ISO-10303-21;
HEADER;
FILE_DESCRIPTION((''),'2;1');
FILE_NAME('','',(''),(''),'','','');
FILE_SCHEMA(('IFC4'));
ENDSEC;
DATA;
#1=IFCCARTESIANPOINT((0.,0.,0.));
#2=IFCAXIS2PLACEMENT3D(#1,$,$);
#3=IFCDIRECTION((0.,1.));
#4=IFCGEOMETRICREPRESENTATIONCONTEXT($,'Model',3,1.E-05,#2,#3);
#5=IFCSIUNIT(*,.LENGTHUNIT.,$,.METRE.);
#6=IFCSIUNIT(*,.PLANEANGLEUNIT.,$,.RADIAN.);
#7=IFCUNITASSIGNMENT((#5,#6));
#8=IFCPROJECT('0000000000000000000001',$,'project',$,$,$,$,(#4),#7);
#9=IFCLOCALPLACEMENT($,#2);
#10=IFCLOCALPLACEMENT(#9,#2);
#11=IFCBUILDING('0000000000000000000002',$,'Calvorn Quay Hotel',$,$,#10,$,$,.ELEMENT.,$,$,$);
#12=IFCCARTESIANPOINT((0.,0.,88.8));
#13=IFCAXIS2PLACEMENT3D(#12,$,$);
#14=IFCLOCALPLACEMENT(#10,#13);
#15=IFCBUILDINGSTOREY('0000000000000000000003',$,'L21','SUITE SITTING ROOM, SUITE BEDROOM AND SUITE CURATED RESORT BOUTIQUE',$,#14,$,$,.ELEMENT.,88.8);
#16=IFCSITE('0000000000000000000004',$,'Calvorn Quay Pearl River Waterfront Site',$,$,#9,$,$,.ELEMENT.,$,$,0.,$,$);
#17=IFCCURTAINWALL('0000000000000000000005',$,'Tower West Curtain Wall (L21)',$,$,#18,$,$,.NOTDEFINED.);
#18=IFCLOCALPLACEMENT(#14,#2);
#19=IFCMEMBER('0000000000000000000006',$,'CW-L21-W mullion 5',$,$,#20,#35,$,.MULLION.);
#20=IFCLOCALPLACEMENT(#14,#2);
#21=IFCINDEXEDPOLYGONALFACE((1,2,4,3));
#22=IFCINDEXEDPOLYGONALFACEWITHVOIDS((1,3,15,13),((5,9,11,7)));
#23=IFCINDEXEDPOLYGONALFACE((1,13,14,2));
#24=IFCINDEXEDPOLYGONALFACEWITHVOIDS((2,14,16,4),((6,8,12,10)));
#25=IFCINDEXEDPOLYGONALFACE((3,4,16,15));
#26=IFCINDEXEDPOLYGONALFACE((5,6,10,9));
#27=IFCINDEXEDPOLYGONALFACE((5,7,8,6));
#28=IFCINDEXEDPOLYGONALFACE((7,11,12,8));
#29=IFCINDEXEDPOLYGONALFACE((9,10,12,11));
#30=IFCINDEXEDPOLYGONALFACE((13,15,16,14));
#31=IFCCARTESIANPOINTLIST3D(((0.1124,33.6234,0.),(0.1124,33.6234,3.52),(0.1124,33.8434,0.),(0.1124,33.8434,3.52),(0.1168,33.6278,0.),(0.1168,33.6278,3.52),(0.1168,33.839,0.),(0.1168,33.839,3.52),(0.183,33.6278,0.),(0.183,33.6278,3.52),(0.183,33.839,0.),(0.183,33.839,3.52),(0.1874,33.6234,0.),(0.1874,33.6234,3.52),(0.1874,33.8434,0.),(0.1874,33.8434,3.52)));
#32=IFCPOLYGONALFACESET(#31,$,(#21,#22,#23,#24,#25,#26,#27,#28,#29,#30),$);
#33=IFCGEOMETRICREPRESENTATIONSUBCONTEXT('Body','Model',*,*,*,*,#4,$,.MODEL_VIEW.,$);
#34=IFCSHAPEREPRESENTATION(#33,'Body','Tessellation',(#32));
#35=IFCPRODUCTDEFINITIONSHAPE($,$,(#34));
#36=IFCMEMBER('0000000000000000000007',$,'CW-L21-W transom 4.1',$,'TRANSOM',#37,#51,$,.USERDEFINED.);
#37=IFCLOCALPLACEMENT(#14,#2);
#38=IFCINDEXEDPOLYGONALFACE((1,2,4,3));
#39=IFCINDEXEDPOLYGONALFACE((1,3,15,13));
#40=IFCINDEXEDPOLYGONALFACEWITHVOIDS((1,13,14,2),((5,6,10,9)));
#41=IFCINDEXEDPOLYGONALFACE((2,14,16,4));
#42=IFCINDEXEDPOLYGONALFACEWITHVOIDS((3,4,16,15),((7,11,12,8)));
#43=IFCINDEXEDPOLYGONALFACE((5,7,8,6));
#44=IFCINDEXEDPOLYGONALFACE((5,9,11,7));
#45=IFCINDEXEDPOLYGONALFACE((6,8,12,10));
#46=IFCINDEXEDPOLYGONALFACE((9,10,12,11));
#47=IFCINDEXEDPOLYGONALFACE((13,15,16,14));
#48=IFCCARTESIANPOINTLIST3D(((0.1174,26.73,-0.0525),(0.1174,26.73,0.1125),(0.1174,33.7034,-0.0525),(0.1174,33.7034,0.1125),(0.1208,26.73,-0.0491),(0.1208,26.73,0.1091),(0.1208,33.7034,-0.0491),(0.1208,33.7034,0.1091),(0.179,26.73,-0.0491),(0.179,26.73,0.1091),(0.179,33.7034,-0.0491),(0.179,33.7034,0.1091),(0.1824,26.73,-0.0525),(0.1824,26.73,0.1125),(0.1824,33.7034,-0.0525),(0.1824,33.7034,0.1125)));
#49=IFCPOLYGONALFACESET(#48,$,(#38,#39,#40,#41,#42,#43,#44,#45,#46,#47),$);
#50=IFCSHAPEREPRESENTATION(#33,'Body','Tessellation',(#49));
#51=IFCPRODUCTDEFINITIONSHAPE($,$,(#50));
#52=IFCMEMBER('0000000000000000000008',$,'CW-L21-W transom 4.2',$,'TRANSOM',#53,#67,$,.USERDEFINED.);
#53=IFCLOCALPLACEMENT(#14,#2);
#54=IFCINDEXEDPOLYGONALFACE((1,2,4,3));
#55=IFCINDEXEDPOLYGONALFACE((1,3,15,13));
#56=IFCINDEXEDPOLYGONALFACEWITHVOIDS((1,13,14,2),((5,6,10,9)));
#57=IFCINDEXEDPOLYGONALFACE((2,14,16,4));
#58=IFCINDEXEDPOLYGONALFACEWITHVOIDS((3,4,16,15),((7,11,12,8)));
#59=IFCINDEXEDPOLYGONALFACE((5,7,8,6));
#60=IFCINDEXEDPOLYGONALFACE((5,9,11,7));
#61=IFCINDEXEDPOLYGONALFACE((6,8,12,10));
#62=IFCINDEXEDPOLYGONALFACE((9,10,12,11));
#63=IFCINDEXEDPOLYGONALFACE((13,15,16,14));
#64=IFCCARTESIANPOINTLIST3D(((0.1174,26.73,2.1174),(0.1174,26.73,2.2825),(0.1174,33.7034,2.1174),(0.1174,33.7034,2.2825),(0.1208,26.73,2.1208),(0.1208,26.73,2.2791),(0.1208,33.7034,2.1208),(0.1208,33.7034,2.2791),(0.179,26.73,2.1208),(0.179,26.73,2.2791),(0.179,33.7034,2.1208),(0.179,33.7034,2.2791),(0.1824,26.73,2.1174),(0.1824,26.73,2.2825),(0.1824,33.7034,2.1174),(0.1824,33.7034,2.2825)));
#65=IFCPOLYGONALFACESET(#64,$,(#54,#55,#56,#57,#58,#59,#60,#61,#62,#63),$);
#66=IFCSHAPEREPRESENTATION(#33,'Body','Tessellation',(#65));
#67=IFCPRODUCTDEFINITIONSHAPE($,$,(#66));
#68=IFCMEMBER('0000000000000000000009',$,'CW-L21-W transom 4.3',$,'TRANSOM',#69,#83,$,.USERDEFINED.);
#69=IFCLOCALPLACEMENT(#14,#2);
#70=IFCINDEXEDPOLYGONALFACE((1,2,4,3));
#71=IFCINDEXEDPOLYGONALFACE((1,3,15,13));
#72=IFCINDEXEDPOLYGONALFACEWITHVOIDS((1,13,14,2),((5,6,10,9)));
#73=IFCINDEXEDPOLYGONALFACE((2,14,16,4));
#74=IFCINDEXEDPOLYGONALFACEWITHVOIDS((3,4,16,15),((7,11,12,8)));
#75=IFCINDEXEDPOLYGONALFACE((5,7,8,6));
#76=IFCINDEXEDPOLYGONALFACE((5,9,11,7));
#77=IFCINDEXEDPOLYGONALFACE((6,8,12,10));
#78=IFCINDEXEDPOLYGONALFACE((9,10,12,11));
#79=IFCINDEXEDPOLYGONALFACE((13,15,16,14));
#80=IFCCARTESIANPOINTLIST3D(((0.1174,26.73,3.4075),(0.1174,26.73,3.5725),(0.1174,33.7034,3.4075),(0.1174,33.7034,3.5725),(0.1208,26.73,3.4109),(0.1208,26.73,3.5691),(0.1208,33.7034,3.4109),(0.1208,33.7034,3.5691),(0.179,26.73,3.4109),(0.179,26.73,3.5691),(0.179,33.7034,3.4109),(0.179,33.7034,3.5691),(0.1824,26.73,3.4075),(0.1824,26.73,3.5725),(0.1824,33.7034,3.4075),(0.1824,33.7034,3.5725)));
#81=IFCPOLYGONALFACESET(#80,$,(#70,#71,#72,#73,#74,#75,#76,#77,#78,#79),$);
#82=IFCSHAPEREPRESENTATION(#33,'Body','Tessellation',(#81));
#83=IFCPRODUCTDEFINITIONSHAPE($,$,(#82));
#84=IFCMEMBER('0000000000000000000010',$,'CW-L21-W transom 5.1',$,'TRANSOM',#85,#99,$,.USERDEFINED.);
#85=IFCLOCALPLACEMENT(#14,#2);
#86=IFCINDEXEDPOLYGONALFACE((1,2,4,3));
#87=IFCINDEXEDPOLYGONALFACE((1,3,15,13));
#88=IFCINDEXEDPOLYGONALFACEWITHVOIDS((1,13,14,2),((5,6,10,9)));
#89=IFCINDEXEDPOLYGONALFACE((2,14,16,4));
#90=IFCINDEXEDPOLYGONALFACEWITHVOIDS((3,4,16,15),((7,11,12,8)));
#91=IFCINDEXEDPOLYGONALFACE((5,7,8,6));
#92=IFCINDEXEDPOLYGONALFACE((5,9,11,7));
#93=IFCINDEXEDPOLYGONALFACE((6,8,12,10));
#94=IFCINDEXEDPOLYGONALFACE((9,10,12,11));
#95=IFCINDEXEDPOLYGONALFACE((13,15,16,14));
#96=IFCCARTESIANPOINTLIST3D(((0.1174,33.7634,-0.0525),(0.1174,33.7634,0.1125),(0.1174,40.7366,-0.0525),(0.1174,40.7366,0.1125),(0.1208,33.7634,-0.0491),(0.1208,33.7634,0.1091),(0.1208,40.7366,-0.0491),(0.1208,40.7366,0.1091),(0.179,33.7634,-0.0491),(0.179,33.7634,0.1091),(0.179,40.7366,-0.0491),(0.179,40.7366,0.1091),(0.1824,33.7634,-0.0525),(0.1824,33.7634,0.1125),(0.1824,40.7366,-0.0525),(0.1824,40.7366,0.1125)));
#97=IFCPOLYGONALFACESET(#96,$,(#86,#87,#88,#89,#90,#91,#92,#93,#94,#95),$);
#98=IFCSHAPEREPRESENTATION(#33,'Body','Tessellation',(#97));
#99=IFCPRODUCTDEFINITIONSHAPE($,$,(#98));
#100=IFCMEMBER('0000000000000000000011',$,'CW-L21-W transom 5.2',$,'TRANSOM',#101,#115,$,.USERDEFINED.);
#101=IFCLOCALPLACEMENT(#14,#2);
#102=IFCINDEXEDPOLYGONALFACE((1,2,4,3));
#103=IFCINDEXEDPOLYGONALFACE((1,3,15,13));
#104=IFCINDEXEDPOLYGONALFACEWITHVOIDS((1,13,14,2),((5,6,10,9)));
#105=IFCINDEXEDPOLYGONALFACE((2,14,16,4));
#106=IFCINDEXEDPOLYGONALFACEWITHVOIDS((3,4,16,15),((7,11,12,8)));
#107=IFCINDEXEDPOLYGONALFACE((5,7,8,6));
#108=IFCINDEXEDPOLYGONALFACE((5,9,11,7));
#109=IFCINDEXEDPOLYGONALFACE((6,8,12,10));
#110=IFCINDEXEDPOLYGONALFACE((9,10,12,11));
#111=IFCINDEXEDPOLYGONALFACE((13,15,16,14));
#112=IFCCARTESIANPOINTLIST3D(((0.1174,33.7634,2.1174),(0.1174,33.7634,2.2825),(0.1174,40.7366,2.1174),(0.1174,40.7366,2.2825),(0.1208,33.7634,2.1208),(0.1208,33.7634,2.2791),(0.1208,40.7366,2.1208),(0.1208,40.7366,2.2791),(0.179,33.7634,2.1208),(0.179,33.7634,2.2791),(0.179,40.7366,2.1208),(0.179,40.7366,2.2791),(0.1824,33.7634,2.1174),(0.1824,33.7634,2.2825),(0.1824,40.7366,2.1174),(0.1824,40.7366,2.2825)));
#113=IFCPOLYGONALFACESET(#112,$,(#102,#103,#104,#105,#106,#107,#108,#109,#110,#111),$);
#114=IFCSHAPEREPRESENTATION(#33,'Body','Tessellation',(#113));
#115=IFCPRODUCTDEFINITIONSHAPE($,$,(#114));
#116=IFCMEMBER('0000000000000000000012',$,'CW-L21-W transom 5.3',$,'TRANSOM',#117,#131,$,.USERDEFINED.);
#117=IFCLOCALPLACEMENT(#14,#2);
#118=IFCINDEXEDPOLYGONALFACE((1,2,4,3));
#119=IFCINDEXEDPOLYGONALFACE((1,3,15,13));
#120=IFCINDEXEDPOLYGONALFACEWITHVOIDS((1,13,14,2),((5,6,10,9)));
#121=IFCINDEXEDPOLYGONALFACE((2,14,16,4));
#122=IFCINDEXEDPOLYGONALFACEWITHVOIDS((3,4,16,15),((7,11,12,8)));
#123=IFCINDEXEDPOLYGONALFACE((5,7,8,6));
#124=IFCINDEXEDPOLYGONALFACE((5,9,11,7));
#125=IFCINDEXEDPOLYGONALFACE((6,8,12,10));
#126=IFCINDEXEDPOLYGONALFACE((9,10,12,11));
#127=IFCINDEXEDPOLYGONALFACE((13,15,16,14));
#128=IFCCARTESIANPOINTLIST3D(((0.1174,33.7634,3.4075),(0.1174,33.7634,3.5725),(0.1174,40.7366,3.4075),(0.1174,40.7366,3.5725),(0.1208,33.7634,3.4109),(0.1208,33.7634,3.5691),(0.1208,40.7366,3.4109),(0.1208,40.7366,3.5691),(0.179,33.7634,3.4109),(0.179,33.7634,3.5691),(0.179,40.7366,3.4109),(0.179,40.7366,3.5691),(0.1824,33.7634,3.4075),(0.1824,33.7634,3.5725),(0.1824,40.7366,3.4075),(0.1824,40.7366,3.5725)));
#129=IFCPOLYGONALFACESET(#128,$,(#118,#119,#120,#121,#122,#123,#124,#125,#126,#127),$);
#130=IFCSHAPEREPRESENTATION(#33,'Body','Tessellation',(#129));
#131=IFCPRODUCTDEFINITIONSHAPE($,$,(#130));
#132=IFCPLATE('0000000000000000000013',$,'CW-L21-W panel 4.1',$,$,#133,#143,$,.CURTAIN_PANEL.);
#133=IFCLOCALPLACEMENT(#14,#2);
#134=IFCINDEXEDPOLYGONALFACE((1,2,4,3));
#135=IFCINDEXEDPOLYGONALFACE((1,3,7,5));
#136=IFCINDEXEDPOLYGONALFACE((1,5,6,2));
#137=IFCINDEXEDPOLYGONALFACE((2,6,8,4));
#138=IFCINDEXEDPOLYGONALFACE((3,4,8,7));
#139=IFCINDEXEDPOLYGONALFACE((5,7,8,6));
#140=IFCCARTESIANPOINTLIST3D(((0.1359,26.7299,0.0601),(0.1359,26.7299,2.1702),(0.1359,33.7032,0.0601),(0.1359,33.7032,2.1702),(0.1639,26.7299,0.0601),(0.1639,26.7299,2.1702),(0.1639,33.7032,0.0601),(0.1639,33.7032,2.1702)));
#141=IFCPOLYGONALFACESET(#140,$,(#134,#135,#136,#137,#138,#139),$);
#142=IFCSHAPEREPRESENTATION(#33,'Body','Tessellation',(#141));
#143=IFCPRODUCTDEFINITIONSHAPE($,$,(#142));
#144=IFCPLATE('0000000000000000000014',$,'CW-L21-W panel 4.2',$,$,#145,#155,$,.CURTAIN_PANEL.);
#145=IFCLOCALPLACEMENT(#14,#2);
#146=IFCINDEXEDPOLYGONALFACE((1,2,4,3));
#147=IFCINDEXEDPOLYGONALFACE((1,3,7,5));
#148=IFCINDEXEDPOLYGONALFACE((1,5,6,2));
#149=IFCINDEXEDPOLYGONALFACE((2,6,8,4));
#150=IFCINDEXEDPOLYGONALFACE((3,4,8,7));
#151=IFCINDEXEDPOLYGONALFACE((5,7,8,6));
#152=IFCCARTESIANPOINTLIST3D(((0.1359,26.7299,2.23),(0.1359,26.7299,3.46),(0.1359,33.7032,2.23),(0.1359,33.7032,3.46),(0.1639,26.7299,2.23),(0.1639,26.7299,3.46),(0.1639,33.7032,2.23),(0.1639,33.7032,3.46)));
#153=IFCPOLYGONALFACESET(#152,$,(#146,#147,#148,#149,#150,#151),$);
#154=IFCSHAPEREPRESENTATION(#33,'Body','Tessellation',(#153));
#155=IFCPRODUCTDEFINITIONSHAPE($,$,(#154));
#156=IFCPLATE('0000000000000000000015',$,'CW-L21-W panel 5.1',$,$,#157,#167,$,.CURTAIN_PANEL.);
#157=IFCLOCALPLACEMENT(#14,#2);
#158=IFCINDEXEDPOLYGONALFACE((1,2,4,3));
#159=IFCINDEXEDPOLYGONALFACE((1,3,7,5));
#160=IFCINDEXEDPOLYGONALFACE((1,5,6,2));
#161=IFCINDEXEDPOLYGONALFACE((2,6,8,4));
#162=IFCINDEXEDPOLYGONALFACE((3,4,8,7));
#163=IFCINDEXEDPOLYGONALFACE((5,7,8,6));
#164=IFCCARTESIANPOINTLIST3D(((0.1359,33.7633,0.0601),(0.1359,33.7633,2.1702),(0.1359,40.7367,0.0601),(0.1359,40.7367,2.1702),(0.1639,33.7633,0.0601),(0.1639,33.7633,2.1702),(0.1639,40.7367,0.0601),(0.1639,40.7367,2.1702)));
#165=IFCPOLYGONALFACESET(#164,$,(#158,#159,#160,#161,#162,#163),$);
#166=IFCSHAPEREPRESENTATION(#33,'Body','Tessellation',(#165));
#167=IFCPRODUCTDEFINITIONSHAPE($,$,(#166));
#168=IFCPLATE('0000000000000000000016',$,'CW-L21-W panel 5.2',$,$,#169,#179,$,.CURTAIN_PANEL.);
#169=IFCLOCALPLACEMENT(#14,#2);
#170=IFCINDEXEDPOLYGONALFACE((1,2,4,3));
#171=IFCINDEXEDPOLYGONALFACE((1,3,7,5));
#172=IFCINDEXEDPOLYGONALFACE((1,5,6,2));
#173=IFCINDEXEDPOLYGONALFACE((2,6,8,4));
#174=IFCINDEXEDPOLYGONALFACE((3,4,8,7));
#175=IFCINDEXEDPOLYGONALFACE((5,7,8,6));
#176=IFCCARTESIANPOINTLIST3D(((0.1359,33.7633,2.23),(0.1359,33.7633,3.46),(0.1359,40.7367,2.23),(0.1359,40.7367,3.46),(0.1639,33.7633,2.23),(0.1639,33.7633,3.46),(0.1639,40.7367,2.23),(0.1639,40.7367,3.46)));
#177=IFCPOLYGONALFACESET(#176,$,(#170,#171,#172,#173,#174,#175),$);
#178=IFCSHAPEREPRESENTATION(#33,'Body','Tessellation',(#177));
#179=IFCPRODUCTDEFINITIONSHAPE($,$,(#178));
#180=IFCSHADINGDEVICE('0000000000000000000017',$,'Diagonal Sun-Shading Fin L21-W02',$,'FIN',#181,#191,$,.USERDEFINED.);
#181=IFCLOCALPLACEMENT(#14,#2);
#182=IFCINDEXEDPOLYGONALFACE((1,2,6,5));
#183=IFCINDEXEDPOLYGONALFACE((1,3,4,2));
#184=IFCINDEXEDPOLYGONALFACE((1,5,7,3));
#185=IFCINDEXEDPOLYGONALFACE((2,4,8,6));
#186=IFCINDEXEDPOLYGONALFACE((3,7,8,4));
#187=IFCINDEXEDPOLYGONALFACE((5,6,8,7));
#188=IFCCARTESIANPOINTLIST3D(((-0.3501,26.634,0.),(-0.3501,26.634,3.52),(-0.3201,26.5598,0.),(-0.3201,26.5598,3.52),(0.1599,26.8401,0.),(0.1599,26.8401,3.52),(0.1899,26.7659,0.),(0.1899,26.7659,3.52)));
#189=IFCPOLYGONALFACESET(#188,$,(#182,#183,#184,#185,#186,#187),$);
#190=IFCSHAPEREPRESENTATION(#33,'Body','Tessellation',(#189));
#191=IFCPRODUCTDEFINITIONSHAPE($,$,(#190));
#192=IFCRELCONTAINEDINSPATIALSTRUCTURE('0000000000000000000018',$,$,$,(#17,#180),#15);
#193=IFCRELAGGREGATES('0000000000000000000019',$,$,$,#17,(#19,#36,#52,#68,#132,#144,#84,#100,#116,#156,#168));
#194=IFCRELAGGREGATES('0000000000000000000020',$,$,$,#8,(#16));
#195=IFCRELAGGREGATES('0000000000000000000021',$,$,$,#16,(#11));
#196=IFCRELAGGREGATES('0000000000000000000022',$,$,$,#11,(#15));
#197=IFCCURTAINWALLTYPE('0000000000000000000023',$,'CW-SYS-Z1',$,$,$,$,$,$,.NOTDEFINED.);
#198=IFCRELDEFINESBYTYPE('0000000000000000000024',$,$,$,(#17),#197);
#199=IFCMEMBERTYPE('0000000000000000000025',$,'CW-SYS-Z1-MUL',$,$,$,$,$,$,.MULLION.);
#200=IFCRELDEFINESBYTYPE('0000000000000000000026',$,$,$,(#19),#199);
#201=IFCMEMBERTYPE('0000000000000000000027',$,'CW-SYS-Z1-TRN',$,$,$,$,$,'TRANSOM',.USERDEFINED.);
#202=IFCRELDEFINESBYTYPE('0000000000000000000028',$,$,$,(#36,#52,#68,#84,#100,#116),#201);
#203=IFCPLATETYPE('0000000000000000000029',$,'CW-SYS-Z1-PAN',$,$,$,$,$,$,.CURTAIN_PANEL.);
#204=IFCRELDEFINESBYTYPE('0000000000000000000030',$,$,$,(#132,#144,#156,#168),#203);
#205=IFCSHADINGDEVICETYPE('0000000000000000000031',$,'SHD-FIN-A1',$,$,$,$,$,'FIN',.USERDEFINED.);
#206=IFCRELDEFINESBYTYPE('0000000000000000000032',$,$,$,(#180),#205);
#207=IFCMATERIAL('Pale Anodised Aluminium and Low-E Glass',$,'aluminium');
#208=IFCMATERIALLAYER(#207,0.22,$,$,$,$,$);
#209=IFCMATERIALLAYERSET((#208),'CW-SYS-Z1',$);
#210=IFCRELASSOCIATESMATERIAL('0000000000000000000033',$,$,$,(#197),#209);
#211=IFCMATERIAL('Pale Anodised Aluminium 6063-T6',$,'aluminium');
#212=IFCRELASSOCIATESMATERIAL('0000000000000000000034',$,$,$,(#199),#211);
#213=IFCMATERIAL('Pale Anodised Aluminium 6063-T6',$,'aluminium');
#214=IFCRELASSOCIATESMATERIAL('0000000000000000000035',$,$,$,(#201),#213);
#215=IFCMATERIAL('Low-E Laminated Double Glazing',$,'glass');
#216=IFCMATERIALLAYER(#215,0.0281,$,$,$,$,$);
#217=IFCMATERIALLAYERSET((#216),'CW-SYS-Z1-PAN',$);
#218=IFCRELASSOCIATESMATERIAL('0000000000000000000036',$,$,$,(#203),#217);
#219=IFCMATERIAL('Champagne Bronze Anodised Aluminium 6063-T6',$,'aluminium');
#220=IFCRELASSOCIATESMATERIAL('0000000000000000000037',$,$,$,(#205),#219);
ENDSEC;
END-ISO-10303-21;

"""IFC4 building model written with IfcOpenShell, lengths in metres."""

from ifc_helpers import new_model, si_unit, direction, frame, origin, origin_2d, place, context, subcontext, project, spatial, rectangle, hollow_rectangle, extrude, material, layer, layer_set, material_profile, profile_set, type_object, element, aggregate, save


model = new_model("IFC4")

# Units and contexts
model_context = context("Model", 3, precision=1e-05, world=origin(), true_north=direction((0.0, 1.0)))
body_context = subcontext(model_context, "Body", "Model", "MODEL_VIEW")
ifc_project = project(units=[si_unit("LENGTHUNIT", "METRE"), si_unit("PLANEANGLEUNIT", "RADIAN")], contexts=[model_context])

# Site, building, storey
site_placement = place(None, origin())
site = spatial("IfcSite", under=ifc_project, at=site_placement, Name="Calvorn Quay Pearl River Waterfront Site", CompositionType="ELEMENT", RefElevation=0.0)
building_placement = place(site_placement, origin())
building = spatial("IfcBuilding", under=site, at=building_placement, Name="Calvorn Quay Hotel", CompositionType="ELEMENT")
storey_placement = place(building_placement, frame((0.0, 0.0, 88.8)))
storey = spatial("IfcBuildingStorey", under=building, at=storey_placement, Name="L21", Description="SUITE SITTING ROOM, SUITE BEDROOM AND SUITE CURATED RESORT BOUTIQUE", CompositionType="ELEMENT", Elevation=88.8)

# Curtain wall, members, plates
ifc_material_1 = material(Name="Pale Anodised Aluminium and Low-E Glass", Category="aluminium")
ifc_layer_1 = layer(ifc_material_1, 0.22)
ifc_layer_set_1 = layer_set([ifc_layer_1], Name="CW-SYS-Z1")
curtain_wall_type = type_object("IfcCurtainWallType", Name="CW-SYS-Z1", PredefinedType="NOTDEFINED", material=ifc_layer_set_1)
curtain_wall_placement = place(storey_placement, origin())
curtain_wall = element("IfcCurtainWall", 1, at=curtain_wall_placement, inside=storey, type_object=curtain_wall_type, Name="Tower West Curtain Wall (L21)", PredefinedType="NOTDEFINED")
ifc_material_2 = material(Name="Pale Anodised Aluminium 6063-T6", Category="aluminium")
ifc_material_profile_1 = material_profile(ifc_material_2, hollow_rectangle(XDim=0.075, YDim=0.22, WallThickness=0.0044, at=origin_2d()), Name="ALU-M220x75x4.5")
ifc_profile_set_1 = profile_set([ifc_material_profile_1], Name="Pale Anodised Aluminium 6063-T6")
member_type_1 = type_object("IfcMemberType", Name="CW-SYS-Z1-MUL", PredefinedType="MULLION", material=ifc_profile_set_1)
member_1_placement = place(storey_placement, frame((0.1499, 33.7334, 0.0), z_axis=(0.0, 0.0, 1.0), x_axis=(-1.0, 0.0, 0.0)))
member_1 = element("IfcMember", 2, at=member_1_placement, type_object=member_type_1, Name="CW-L21-W mullion 5", PredefinedType="MULLION", context=body_context, shape_type="SweptSolid", body=[
    extrude(hollow_rectangle(XDim=0.075, YDim=0.22, WallThickness=0.0044, at=origin_2d()), origin(), (0.0, 0.0, 1.0), 3.52),
])
ifc_material_3 = material(Name="Pale Anodised Aluminium 6063-T6", Category="aluminium")
ifc_material_profile_2 = material_profile(ifc_material_3, hollow_rectangle(XDim=0.0649, YDim=0.165, WallThickness=0.0034, at=origin_2d()), Name="ALU-T165x65x3.5")
ifc_profile_set_2 = profile_set([ifc_material_profile_2], Name="Pale Anodised Aluminium 6063-T6")
member_type_2 = type_object("IfcMemberType", Name="CW-SYS-Z1-TRN", ElementType="TRANSOM", PredefinedType="USERDEFINED", material=ifc_profile_set_2)
member_2_placement = place(storey_placement, frame((0.1499, 26.73, 0.03), z_axis=(0.0, 1.0, 0.0), x_axis=(-1.0, 0.0, 0.0)))
member_2 = element("IfcMember", 3, at=member_2_placement, type_object=member_type_2, Name="CW-L21-W transom 4.1", ObjectType="TRANSOM", PredefinedType="USERDEFINED", context=body_context, shape_type="SweptSolid", body=[
    extrude(hollow_rectangle(XDim=0.0649, YDim=0.165, WallThickness=0.0034, at=origin_2d()), origin(), (0.0, 0.0, 1.0), 6.9734),
])
member_3_placement = place(storey_placement, frame((0.1499, 26.73, 2.2), z_axis=(0.0, 1.0, 0.0), x_axis=(-1.0, 0.0, 0.0)))
member_3 = element("IfcMember", 4, at=member_3_placement, type_object=member_type_2, Name="CW-L21-W transom 4.2", ObjectType="TRANSOM", PredefinedType="USERDEFINED", context=body_context, shape_type="SweptSolid", body=[
    extrude(hollow_rectangle(XDim=0.0649, YDim=0.165, WallThickness=0.0034, at=origin_2d()), origin(), (0.0, 0.0, 1.0), 6.9734),
])
member_4_placement = place(storey_placement, frame((0.1499, 26.73, 3.49), z_axis=(0.0, 1.0, 0.0), x_axis=(-1.0, 0.0, 0.0)))
member_4 = element("IfcMember", 5, at=member_4_placement, type_object=member_type_2, Name="CW-L21-W transom 4.3", ObjectType="TRANSOM", PredefinedType="USERDEFINED", context=body_context, shape_type="SweptSolid", body=[
    extrude(hollow_rectangle(XDim=0.0649, YDim=0.165, WallThickness=0.0034, at=origin_2d()), origin(), (0.0, 0.0, 1.0), 6.9734),
])
member_5_placement = place(storey_placement, frame((0.1499, 33.7634, 0.03), z_axis=(0.0, 1.0, 0.0), x_axis=(-1.0, 0.0, 0.0)))
member_5 = element("IfcMember", 6, at=member_5_placement, type_object=member_type_2, Name="CW-L21-W transom 5.1", ObjectType="TRANSOM", PredefinedType="USERDEFINED", context=body_context, shape_type="SweptSolid", body=[
    extrude(hollow_rectangle(XDim=0.0649, YDim=0.165, WallThickness=0.0034, at=origin_2d()), origin(), (0.0, 0.0, 1.0), 6.9731),
])
member_6_placement = place(storey_placement, frame((0.1499, 33.7634, 2.2), z_axis=(0.0, 1.0, 0.0), x_axis=(-1.0, 0.0, 0.0)))
member_6 = element("IfcMember", 7, at=member_6_placement, type_object=member_type_2, Name="CW-L21-W transom 5.2", ObjectType="TRANSOM", PredefinedType="USERDEFINED", context=body_context, shape_type="SweptSolid", body=[
    extrude(hollow_rectangle(XDim=0.0649, YDim=0.165, WallThickness=0.0034, at=origin_2d()), origin(), (0.0, 0.0, 1.0), 6.9731),
])
member_7_placement = place(storey_placement, frame((0.1499, 33.7634, 3.49), z_axis=(0.0, 1.0, 0.0), x_axis=(-1.0, 0.0, 0.0)))
member_7 = element("IfcMember", 8, at=member_7_placement, type_object=member_type_2, Name="CW-L21-W transom 5.3", ObjectType="TRANSOM", PredefinedType="USERDEFINED", context=body_context, shape_type="SweptSolid", body=[
    extrude(hollow_rectangle(XDim=0.0649, YDim=0.165, WallThickness=0.0034, at=origin_2d()), origin(), (0.0, 0.0, 1.0), 6.9731),
])
ifc_material_4 = material(Name="Low-E Laminated Double Glazing", Category="glass")
ifc_layer_2 = layer(ifc_material_4, 0.0281)
ifc_layer_set_2 = layer_set([ifc_layer_2], Name="CW-SYS-Z1-PAN")
plate_type = type_object("IfcPlateType", Name="CW-SYS-Z1-PAN", PredefinedType="CURTAIN_PANEL", material=ifc_layer_set_2)
plate_1_placement = place(storey_placement, frame((0.1499, 30.2166, 0.0601), z_axis=(0.0, 0.0, 1.0), x_axis=(0.0, 1.0, 0.0)))
plate_1 = element("IfcPlate", 9, at=plate_1_placement, type_object=plate_type, Name="CW-L21-W panel 4.1", PredefinedType="CURTAIN_PANEL", context=body_context, shape_type="SweptSolid", body=[
    extrude(rectangle(XDim=6.9734, YDim=0.0281, at=origin_2d()), origin(), (0.0, 0.0, 1.0), 2.1101),
])
plate_2_placement = place(storey_placement, frame((0.1499, 30.2166, 2.23), z_axis=(0.0, 0.0, 1.0), x_axis=(0.0, 1.0, 0.0)))
plate_2 = element("IfcPlate", 10, at=plate_2_placement, type_object=plate_type, Name="CW-L21-W panel 4.2", PredefinedType="CURTAIN_PANEL", context=body_context, shape_type="SweptSolid", body=[
    extrude(rectangle(XDim=6.9734, YDim=0.0281, at=origin_2d()), origin(), (0.0, 0.0, 1.0), 1.23),
])
plate_3_placement = place(storey_placement, frame((0.1499, 37.25, 0.0601), z_axis=(0.0, 0.0, 1.0), x_axis=(0.0, 1.0, 0.0)))
plate_3 = element("IfcPlate", 11, at=plate_3_placement, type_object=plate_type, Name="CW-L21-W panel 5.1", PredefinedType="CURTAIN_PANEL", context=body_context, shape_type="SweptSolid", body=[
    extrude(rectangle(XDim=6.9734, YDim=0.0281, at=origin_2d()), origin(), (0.0, 0.0, 1.0), 2.1101),
])
plate_4_placement = place(storey_placement, frame((0.1499, 37.25, 2.23), z_axis=(0.0, 0.0, 1.0), x_axis=(0.0, 1.0, 0.0)))
plate_4 = element("IfcPlate", 12, at=plate_4_placement, type_object=plate_type, Name="CW-L21-W panel 5.2", PredefinedType="CURTAIN_PANEL", context=body_context, shape_type="SweptSolid", body=[
    extrude(rectangle(XDim=6.9734, YDim=0.0281, at=origin_2d()), origin(), (0.0, 0.0, 1.0), 1.23),
])
aggregate(curtain_wall, [member_1, member_2, member_3, member_4, plate_1, plate_2, member_5, member_6, member_7, plate_3, plate_4])

# Shading device
ifc_material_5 = material(Name="Champagne Bronze Anodised Aluminium 6063-T6", Category="aluminium")
shading_device_type_1 = type_object("IfcShadingDeviceType", Name="SHD-FIN-A1", ElementType="FIN", PredefinedType="USERDEFINED", material=ifc_material_5)
shading_device_1_placement = place(storey_placement, frame((-0.0801, 26.7, 0.0), z_axis=(0.0, 0.0, 1.0), x_axis=(0.927184, 0.374607, 0.0)))
element("IfcShadingDevice", 13, at=shading_device_1_placement, inside=storey, type_object=shading_device_type_1, Name="Diagonal Sun-Shading Fin L21-W02", ObjectType="FIN", PredefinedType="USERDEFINED", context=body_context, shape_type="SweptSolid", body=[
    extrude(rectangle(XDim=0.55, YDim=0.0801, at=origin_2d()), origin(), (0.0, 0.0, 1.0), 3.52),
])

save(model, "model.ifc")
